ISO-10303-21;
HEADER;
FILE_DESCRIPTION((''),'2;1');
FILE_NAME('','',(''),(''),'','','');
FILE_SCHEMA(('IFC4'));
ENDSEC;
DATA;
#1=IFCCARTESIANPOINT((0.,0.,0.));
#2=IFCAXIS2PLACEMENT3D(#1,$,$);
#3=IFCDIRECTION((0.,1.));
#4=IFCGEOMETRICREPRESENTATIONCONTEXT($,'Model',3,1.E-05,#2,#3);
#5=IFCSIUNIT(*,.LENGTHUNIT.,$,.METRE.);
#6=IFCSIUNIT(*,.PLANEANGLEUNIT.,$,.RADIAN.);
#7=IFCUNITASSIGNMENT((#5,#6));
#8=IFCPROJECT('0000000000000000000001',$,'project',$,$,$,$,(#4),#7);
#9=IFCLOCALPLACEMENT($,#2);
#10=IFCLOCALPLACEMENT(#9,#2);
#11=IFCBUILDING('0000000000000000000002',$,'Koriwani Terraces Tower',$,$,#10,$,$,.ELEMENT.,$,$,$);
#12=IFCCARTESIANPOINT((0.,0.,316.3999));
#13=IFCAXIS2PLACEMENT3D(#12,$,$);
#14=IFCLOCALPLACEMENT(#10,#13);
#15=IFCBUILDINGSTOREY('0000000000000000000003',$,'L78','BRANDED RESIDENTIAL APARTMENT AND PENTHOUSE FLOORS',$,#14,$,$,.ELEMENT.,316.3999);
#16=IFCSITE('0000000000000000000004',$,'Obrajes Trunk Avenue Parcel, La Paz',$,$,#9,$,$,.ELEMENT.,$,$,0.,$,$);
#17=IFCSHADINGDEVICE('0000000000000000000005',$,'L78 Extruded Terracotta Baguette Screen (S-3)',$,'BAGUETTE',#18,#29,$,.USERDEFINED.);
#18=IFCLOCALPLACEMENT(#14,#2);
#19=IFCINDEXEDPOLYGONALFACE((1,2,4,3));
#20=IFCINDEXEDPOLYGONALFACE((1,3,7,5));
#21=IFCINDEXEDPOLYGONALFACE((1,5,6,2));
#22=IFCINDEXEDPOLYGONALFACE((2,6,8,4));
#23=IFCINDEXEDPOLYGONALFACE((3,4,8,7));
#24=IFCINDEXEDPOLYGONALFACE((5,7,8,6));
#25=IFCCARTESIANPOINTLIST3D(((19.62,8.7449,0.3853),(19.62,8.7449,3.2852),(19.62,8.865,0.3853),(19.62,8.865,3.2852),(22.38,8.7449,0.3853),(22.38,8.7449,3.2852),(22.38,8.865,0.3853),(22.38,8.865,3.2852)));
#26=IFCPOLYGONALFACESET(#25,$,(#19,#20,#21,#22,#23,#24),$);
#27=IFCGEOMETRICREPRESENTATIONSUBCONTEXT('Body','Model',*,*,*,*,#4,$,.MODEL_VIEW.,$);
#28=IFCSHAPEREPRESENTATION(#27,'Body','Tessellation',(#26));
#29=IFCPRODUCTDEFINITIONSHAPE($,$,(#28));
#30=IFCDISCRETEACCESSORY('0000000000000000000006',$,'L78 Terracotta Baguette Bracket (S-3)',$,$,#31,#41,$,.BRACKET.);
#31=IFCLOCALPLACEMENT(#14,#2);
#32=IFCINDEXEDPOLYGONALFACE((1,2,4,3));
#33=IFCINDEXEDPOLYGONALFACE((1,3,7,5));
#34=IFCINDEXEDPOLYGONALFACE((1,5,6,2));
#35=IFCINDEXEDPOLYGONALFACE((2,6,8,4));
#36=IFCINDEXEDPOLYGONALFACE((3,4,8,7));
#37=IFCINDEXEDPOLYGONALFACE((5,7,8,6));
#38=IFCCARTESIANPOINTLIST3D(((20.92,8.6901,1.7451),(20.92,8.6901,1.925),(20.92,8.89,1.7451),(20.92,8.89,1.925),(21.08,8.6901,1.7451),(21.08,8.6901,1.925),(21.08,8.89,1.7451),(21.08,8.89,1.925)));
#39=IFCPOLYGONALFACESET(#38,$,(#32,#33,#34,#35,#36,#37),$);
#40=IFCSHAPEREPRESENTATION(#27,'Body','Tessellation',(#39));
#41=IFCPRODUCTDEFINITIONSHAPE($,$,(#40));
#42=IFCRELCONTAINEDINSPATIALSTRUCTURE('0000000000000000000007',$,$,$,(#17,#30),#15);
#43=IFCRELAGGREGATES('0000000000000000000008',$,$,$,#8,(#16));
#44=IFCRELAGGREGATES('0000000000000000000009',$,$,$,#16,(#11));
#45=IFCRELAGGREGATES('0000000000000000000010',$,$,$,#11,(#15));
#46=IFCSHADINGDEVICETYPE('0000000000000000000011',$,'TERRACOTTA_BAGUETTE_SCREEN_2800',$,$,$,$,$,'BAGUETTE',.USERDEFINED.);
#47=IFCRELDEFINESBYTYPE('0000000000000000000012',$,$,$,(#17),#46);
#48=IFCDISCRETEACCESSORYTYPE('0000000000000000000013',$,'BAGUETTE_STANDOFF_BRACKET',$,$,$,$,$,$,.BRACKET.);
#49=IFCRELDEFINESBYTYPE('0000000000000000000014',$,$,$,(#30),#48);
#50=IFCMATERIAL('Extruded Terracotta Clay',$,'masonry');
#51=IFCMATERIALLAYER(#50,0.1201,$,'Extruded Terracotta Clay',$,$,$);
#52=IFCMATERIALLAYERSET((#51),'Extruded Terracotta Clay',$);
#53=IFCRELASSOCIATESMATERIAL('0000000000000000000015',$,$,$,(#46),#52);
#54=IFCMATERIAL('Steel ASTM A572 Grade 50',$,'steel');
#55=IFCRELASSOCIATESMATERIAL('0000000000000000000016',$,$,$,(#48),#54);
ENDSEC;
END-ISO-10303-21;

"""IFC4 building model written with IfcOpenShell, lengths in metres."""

from ifc_helpers import new_model, si_unit, direction, frame, origin, origin_2d, place, context, subcontext, project, spatial, rectangle, extrude, material, layer, layer_set, type_object, element, save


model = new_model("IFC4")

# Units and contexts
model_context = context("Model", 3, precision=1e-05, world=origin(), true_north=direction((0.0, 1.0)))
body_context = subcontext(model_context, "Body", "Model", "MODEL_VIEW")
ifc_project = project(units=[si_unit("LENGTHUNIT", "METRE"), si_unit("PLANEANGLEUNIT", "RADIAN")], contexts=[model_context])

# Site, building, storey
site_placement = place(None, origin())
site = spatial("IfcSite", under=ifc_project, at=site_placement, Name="Obrajes Trunk Avenue Parcel, La Paz", CompositionType="ELEMENT", RefElevation=0.0)
building_placement = place(site_placement, origin())
building = spatial("IfcBuilding", under=site, at=building_placement, Name="Koriwani Terraces Tower", CompositionType="ELEMENT")
storey_placement = place(building_placement, frame((0.0, 0.0, 316.3999)))
storey = spatial("IfcBuildingStorey", under=building, at=storey_placement, Name="L78", Description="BRANDED RESIDENTIAL APARTMENT AND PENTHOUSE FLOORS", CompositionType="ELEMENT", Elevation=316.3999)

# Shared definitions
ifc_material_1 = material(Name="Steel ASTM A572 Grade 50", Category="steel")

# Shading device
ifc_material_2 = material(Name="Extruded Terracotta Clay", Category="masonry")
ifc_layer_1 = layer(ifc_material_2, 0.1201, Name="Extruded Terracotta Clay")
ifc_layer_set_1 = layer_set([ifc_layer_1], Name="Extruded Terracotta Clay")
shading_device_type = type_object("IfcShadingDeviceType", Name="TERRACOTTA_BAGUETTE_SCREEN_2800", ElementType="BAGUETTE", PredefinedType="USERDEFINED", material=ifc_layer_set_1)
shading_device_placement = place(storey_placement, frame((21.0, 8.8049, 0.3853), z_axis=(0.0, 0.0, 1.0), x_axis=(-1.0, 0.0, 0.0)))
element("IfcShadingDevice", 1, at=shading_device_placement, inside=storey, type_object=shading_device_type, Name="L78 Extruded Terracotta Baguette Screen (S-3)", ObjectType="BAGUETTE", PredefinedType="USERDEFINED", context=body_context, shape_type="SweptSolid", body=[
    extrude(rectangle(XDim=2.76, YDim=0.1201, at=origin_2d()), origin(), (0.0, 0.0, 1.0), 2.8999),
])

# Discrete accessory
discrete_accessory_type = type_object("IfcDiscreteAccessoryType", Name="BAGUETTE_STANDOFF_BRACKET", PredefinedType="BRACKET", material=ifc_material_1)
discrete_accessory_placement = place(storey_placement, frame((21.0, 8.79, 1.7451), z_axis=(0.0, 0.0, 1.0), x_axis=(-1.0, 0.0, 0.0)))
element("IfcDiscreteAccessory", 2, at=discrete_accessory_placement, inside=storey, type_object=discrete_accessory_type, Name="L78 Terracotta Baguette Bracket (S-3)", PredefinedType="BRACKET", context=body_context, shape_type="SweptSolid", body=[
    extrude(rectangle(XDim=0.1599, YDim=0.2, at=origin_2d()), origin(), (0.0, 0.0, 1.0), 0.1799),
])

save(model, "model.ifc")
